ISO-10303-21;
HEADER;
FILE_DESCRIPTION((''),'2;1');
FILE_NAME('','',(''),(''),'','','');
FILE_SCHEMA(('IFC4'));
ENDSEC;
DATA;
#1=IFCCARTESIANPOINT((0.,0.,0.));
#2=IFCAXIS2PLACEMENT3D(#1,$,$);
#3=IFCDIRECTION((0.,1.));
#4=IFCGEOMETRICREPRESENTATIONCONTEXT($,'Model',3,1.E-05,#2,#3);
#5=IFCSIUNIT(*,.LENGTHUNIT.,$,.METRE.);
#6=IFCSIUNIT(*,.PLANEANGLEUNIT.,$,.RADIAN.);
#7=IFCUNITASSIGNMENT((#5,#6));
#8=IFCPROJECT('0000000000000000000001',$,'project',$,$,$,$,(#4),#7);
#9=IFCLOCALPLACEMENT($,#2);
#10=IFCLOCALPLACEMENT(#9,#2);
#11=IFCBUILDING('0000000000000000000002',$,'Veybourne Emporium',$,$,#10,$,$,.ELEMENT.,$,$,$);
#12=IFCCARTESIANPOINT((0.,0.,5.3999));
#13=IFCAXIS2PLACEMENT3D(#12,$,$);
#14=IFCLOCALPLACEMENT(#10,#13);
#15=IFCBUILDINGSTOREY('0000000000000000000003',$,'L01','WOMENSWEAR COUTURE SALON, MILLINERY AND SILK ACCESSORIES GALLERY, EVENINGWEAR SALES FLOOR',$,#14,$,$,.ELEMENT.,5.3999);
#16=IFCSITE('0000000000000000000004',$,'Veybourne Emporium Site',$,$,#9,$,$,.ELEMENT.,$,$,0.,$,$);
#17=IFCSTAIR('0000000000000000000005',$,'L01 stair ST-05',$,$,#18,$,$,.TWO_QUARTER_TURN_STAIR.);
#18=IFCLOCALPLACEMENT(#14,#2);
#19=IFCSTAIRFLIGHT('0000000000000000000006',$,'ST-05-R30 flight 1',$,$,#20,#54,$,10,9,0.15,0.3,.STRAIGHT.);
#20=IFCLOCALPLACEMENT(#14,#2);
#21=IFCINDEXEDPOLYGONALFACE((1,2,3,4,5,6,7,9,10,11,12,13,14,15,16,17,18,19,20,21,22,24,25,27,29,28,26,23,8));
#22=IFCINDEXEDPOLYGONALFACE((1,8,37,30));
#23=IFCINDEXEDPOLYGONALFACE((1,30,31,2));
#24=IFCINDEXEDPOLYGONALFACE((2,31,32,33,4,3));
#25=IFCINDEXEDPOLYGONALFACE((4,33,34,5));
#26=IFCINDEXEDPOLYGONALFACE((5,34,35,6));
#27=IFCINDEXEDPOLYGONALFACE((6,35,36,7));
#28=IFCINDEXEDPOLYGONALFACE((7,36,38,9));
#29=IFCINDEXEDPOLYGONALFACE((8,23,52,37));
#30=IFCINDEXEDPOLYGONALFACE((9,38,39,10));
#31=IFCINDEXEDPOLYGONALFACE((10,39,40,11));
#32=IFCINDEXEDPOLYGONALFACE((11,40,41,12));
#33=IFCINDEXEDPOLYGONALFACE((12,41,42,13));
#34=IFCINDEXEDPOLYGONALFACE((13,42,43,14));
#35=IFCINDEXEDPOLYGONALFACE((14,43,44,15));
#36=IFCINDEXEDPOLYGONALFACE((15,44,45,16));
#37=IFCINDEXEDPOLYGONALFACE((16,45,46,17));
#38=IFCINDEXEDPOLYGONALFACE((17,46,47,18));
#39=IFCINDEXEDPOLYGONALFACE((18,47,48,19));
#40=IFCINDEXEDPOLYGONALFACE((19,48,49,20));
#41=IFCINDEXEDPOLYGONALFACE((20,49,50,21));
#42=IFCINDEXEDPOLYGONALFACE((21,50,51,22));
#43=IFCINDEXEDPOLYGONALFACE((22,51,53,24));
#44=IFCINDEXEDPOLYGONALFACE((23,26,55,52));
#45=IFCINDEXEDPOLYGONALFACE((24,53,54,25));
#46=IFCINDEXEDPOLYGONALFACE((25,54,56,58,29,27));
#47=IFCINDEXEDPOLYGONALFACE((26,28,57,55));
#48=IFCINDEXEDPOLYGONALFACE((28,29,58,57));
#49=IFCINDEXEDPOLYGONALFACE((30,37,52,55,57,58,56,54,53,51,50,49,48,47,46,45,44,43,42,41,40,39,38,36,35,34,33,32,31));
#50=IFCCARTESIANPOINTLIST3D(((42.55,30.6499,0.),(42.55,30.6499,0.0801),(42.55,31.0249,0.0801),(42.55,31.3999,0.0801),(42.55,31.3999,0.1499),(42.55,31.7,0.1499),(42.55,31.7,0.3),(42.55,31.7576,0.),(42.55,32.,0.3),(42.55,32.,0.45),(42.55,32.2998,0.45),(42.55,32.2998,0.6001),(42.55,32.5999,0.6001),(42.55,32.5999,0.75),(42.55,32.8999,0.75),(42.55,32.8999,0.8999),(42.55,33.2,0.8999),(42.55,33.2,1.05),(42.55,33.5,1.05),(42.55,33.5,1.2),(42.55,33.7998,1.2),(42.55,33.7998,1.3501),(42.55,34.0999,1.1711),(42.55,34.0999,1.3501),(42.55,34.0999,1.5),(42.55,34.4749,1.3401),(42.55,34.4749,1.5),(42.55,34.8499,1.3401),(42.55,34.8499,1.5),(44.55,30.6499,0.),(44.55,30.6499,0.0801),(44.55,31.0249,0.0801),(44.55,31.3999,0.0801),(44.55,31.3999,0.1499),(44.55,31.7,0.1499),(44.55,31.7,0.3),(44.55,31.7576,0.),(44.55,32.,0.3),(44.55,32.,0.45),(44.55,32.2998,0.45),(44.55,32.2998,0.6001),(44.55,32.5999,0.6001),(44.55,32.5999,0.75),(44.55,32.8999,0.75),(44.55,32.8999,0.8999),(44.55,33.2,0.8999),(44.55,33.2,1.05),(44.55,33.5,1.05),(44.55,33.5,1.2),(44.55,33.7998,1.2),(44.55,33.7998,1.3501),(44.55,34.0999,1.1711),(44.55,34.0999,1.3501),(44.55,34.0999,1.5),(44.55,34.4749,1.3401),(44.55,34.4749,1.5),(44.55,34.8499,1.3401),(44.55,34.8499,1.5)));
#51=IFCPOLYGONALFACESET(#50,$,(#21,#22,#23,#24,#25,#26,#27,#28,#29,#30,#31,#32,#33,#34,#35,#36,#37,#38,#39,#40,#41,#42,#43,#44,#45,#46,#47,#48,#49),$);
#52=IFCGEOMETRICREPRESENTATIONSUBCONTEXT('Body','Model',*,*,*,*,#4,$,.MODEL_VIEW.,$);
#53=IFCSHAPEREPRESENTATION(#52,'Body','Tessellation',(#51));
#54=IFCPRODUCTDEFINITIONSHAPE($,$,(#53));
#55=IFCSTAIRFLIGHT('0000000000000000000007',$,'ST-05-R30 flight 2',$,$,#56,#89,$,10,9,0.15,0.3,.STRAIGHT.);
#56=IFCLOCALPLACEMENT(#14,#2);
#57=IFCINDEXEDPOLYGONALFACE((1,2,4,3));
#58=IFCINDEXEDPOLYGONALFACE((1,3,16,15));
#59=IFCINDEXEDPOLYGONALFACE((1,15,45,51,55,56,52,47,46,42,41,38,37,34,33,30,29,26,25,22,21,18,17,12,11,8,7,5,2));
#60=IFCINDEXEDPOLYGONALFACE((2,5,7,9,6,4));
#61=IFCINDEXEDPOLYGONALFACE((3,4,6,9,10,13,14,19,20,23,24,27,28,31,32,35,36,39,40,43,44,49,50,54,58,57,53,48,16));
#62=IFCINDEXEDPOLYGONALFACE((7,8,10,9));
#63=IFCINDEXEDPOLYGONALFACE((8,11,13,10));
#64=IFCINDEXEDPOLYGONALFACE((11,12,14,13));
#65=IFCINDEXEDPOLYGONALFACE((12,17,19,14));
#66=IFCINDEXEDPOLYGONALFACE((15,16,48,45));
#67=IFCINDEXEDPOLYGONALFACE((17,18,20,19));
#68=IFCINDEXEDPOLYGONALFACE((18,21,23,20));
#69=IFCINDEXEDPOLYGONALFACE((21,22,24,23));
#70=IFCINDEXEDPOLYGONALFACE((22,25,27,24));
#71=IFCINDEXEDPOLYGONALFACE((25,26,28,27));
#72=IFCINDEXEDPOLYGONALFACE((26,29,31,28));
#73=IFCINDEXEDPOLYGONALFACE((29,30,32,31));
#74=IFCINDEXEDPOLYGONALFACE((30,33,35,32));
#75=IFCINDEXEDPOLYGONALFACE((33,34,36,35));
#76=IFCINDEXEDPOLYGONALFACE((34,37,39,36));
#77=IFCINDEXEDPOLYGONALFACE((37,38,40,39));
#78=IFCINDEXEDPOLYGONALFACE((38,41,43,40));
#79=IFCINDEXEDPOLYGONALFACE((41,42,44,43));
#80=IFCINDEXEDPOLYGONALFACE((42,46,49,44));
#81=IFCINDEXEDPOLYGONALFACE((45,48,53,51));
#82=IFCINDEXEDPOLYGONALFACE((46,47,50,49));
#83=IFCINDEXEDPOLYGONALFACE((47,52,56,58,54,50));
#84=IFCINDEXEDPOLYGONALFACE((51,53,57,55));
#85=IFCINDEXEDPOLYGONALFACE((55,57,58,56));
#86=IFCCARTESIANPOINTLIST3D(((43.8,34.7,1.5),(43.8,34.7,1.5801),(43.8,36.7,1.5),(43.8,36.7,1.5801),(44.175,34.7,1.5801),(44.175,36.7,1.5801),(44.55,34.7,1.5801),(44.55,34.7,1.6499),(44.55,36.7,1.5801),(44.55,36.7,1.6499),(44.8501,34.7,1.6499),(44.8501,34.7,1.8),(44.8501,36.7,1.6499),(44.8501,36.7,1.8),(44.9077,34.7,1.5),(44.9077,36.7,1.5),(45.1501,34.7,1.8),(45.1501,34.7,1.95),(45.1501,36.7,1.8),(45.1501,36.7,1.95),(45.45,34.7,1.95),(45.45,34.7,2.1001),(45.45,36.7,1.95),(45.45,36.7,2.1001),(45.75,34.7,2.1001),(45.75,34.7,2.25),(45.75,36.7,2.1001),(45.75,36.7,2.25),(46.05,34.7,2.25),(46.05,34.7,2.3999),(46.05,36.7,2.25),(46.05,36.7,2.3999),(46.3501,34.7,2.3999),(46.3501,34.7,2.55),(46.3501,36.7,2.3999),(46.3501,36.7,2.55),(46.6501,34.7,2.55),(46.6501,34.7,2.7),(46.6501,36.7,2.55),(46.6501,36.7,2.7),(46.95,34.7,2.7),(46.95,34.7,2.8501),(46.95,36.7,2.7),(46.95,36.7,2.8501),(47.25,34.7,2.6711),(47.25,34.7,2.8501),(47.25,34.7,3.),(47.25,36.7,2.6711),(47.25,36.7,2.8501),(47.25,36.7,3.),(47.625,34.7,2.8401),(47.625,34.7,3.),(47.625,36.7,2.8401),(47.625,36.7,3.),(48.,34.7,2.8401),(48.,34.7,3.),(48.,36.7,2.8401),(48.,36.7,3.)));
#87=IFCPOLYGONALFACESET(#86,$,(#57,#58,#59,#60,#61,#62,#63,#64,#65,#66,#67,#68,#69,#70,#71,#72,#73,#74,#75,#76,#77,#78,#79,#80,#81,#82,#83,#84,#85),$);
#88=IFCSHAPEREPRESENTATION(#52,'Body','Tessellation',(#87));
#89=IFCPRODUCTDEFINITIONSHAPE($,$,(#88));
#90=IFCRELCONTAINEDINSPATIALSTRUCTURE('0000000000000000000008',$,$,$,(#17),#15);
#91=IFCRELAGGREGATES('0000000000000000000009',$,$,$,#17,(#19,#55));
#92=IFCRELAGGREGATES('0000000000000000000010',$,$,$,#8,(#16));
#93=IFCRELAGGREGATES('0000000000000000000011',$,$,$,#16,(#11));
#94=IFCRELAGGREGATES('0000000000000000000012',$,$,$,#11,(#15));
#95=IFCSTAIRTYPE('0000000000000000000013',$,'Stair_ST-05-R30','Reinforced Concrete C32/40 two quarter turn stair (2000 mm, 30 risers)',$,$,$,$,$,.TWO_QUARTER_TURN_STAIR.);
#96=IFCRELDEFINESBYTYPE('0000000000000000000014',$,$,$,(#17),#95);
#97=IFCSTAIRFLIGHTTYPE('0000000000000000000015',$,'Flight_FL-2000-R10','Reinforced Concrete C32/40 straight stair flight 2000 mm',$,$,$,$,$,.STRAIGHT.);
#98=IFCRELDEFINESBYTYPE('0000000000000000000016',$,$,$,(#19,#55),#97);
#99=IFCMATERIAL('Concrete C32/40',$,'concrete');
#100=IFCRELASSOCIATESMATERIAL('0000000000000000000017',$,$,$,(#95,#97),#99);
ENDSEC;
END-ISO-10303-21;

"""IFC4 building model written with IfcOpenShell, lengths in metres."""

from ifc_helpers import new_model, si_unit, direction, frame, origin, place, context, subcontext, project, spatial, polyline, outline, extrude, material, type_object, element, aggregate, save


model = new_model("IFC4")

# Units and contexts
model_context = context("Model", 3, precision=1e-05, world=origin(), true_north=direction((0.0, 1.0)))
body_context = subcontext(model_context, "Body", "Model", "MODEL_VIEW")
ifc_project = project(units=[si_unit("LENGTHUNIT", "METRE"), si_unit("PLANEANGLEUNIT", "RADIAN")], contexts=[model_context])

# Site, building, storey
site_placement = place(None, origin())
site = spatial("IfcSite", under=ifc_project, at=site_placement, Name="Veybourne Emporium Site", CompositionType="ELEMENT", RefElevation=0.0)
building_placement = place(site_placement, origin())
building = spatial("IfcBuilding", under=site, at=building_placement, Name="Veybourne Emporium", CompositionType="ELEMENT")
storey_placement = place(building_placement, frame((0.0, 0.0, 5.3999)))
storey = spatial("IfcBuildingStorey", under=building, at=storey_placement, Name="L01", Description="WOMENSWEAR COUTURE SALON, MILLINERY AND SILK ACCESSORIES GALLERY, EVENINGWEAR SALES FLOOR", CompositionType="ELEMENT", Elevation=5.3999)

# Shared definitions
ifc_material_1 = material(Name="Concrete C32/40", Category="concrete")

# Stair, stair flights
stair_type = type_object("IfcStairType", Name="Stair_ST-05-R30", Description="Reinforced Concrete C32/40 two quarter turn stair (2000 mm, 30 risers)", PredefinedType="TWO_QUARTER_TURN_STAIR", material=ifc_material_1)
stair_placement = place(storey_placement, origin())
stair = element("IfcStair", 1, at=stair_placement, inside=storey, type_object=stair_type, Name="L01 stair ST-05", PredefinedType="TWO_QUARTER_TURN_STAIR")
stair_flight_type = type_object("IfcStairFlightType", Name="Flight_FL-2000-R10", Description="Reinforced Concrete C32/40 straight stair flight 2000 mm", PredefinedType="STRAIGHT", material=ifc_material_1)
stair_flight_1_placement = place(storey_placement, frame((43.55, 31.3999, 0.0), z_axis=(0.0, 0.0, 1.0), x_axis=(0.0, 1.0, 0.0)))
stair_flight_1 = element("IfcStairFlight", 2, at=stair_flight_1_placement, type_object=stair_flight_type, Name="ST-05-R30 flight 1", NumberOfRisers=10, NumberOfTreads=9, PredefinedType="STRAIGHT", RiserHeight=0.15, TreadLength=0.3, context=body_context, shape_type="SweptSolid", body=[
    extrude(outline(polyline([(-0.75, 0.0), (-0.75, 0.0801), (-0.375, 0.0801), (0.0, 0.0801), (0.0, 0.1499), (0.3, 0.1499), (0.3, 0.3), (0.6001, 0.3), (0.6001, 0.45), (0.8999, 0.45), (0.8999, 0.6001), (1.2, 0.6001), (1.2, 0.75), (1.5, 0.75), (1.5, 0.8999), (1.8, 0.8999), (1.8, 1.05), (2.1001, 1.05), (2.1001, 1.2), (2.3999, 1.2), (2.3999, 1.3501), (2.7, 1.3501), (2.7, 1.5), (3.075, 1.5), (3.45, 1.5), (3.45, 1.3401), (3.075, 1.3401), (2.7, 1.1711), (0.3577, 0.0), (-0.75, 0.0)])), frame((0.0, 1.0, 0.0), z_axis=(0.0, -1.0, 0.0), x_axis=(1.0, 0.0, 0.0)), (0.0, 0.0, 1.0), 2.0),
])
stair_flight_2_placement = place(storey_placement, frame((44.55, 35.7, 1.5), z_axis=(0.0, 0.0, 1.0), x_axis=(1.0, 0.0, 0.0)))
stair_flight_2 = element("IfcStairFlight", 3, at=stair_flight_2_placement, type_object=stair_flight_type, Name="ST-05-R30 flight 2", NumberOfRisers=10, NumberOfTreads=9, PredefinedType="STRAIGHT", RiserHeight=0.15, TreadLength=0.3, context=body_context, shape_type="SweptSolid", body=[
    extrude(outline(polyline([(-0.75, 0.0), (-0.75, 0.0801), (-0.375, 0.0801), (0.0, 0.0801), (0.0, 0.1499), (0.3, 0.1499), (0.3, 0.3), (0.6001, 0.3), (0.6001, 0.45), (0.8999, 0.45), (0.8999, 0.6001), (1.2, 0.6001), (1.2, 0.75), (1.5, 0.75), (1.5, 0.8999), (1.8, 0.8999), (1.8, 1.05), (2.1001, 1.05), (2.1001, 1.2), (2.3999, 1.2), (2.3999, 1.3501), (2.7, 1.3501), (2.7, 1.5), (3.075, 1.5), (3.45, 1.5), (3.45, 1.3401), (3.075, 1.3401), (2.7, 1.1711), (0.3577, 0.0), (-0.75, 0.0)])), frame((0.0, 1.0, 0.0), z_axis=(0.0, -1.0, 0.0), x_axis=(1.0, 0.0, 0.0)), (0.0, 0.0, 1.0), 2.0),
])
aggregate(stair, [stair_flight_1, stair_flight_2])

save(model, "model.ifc")
